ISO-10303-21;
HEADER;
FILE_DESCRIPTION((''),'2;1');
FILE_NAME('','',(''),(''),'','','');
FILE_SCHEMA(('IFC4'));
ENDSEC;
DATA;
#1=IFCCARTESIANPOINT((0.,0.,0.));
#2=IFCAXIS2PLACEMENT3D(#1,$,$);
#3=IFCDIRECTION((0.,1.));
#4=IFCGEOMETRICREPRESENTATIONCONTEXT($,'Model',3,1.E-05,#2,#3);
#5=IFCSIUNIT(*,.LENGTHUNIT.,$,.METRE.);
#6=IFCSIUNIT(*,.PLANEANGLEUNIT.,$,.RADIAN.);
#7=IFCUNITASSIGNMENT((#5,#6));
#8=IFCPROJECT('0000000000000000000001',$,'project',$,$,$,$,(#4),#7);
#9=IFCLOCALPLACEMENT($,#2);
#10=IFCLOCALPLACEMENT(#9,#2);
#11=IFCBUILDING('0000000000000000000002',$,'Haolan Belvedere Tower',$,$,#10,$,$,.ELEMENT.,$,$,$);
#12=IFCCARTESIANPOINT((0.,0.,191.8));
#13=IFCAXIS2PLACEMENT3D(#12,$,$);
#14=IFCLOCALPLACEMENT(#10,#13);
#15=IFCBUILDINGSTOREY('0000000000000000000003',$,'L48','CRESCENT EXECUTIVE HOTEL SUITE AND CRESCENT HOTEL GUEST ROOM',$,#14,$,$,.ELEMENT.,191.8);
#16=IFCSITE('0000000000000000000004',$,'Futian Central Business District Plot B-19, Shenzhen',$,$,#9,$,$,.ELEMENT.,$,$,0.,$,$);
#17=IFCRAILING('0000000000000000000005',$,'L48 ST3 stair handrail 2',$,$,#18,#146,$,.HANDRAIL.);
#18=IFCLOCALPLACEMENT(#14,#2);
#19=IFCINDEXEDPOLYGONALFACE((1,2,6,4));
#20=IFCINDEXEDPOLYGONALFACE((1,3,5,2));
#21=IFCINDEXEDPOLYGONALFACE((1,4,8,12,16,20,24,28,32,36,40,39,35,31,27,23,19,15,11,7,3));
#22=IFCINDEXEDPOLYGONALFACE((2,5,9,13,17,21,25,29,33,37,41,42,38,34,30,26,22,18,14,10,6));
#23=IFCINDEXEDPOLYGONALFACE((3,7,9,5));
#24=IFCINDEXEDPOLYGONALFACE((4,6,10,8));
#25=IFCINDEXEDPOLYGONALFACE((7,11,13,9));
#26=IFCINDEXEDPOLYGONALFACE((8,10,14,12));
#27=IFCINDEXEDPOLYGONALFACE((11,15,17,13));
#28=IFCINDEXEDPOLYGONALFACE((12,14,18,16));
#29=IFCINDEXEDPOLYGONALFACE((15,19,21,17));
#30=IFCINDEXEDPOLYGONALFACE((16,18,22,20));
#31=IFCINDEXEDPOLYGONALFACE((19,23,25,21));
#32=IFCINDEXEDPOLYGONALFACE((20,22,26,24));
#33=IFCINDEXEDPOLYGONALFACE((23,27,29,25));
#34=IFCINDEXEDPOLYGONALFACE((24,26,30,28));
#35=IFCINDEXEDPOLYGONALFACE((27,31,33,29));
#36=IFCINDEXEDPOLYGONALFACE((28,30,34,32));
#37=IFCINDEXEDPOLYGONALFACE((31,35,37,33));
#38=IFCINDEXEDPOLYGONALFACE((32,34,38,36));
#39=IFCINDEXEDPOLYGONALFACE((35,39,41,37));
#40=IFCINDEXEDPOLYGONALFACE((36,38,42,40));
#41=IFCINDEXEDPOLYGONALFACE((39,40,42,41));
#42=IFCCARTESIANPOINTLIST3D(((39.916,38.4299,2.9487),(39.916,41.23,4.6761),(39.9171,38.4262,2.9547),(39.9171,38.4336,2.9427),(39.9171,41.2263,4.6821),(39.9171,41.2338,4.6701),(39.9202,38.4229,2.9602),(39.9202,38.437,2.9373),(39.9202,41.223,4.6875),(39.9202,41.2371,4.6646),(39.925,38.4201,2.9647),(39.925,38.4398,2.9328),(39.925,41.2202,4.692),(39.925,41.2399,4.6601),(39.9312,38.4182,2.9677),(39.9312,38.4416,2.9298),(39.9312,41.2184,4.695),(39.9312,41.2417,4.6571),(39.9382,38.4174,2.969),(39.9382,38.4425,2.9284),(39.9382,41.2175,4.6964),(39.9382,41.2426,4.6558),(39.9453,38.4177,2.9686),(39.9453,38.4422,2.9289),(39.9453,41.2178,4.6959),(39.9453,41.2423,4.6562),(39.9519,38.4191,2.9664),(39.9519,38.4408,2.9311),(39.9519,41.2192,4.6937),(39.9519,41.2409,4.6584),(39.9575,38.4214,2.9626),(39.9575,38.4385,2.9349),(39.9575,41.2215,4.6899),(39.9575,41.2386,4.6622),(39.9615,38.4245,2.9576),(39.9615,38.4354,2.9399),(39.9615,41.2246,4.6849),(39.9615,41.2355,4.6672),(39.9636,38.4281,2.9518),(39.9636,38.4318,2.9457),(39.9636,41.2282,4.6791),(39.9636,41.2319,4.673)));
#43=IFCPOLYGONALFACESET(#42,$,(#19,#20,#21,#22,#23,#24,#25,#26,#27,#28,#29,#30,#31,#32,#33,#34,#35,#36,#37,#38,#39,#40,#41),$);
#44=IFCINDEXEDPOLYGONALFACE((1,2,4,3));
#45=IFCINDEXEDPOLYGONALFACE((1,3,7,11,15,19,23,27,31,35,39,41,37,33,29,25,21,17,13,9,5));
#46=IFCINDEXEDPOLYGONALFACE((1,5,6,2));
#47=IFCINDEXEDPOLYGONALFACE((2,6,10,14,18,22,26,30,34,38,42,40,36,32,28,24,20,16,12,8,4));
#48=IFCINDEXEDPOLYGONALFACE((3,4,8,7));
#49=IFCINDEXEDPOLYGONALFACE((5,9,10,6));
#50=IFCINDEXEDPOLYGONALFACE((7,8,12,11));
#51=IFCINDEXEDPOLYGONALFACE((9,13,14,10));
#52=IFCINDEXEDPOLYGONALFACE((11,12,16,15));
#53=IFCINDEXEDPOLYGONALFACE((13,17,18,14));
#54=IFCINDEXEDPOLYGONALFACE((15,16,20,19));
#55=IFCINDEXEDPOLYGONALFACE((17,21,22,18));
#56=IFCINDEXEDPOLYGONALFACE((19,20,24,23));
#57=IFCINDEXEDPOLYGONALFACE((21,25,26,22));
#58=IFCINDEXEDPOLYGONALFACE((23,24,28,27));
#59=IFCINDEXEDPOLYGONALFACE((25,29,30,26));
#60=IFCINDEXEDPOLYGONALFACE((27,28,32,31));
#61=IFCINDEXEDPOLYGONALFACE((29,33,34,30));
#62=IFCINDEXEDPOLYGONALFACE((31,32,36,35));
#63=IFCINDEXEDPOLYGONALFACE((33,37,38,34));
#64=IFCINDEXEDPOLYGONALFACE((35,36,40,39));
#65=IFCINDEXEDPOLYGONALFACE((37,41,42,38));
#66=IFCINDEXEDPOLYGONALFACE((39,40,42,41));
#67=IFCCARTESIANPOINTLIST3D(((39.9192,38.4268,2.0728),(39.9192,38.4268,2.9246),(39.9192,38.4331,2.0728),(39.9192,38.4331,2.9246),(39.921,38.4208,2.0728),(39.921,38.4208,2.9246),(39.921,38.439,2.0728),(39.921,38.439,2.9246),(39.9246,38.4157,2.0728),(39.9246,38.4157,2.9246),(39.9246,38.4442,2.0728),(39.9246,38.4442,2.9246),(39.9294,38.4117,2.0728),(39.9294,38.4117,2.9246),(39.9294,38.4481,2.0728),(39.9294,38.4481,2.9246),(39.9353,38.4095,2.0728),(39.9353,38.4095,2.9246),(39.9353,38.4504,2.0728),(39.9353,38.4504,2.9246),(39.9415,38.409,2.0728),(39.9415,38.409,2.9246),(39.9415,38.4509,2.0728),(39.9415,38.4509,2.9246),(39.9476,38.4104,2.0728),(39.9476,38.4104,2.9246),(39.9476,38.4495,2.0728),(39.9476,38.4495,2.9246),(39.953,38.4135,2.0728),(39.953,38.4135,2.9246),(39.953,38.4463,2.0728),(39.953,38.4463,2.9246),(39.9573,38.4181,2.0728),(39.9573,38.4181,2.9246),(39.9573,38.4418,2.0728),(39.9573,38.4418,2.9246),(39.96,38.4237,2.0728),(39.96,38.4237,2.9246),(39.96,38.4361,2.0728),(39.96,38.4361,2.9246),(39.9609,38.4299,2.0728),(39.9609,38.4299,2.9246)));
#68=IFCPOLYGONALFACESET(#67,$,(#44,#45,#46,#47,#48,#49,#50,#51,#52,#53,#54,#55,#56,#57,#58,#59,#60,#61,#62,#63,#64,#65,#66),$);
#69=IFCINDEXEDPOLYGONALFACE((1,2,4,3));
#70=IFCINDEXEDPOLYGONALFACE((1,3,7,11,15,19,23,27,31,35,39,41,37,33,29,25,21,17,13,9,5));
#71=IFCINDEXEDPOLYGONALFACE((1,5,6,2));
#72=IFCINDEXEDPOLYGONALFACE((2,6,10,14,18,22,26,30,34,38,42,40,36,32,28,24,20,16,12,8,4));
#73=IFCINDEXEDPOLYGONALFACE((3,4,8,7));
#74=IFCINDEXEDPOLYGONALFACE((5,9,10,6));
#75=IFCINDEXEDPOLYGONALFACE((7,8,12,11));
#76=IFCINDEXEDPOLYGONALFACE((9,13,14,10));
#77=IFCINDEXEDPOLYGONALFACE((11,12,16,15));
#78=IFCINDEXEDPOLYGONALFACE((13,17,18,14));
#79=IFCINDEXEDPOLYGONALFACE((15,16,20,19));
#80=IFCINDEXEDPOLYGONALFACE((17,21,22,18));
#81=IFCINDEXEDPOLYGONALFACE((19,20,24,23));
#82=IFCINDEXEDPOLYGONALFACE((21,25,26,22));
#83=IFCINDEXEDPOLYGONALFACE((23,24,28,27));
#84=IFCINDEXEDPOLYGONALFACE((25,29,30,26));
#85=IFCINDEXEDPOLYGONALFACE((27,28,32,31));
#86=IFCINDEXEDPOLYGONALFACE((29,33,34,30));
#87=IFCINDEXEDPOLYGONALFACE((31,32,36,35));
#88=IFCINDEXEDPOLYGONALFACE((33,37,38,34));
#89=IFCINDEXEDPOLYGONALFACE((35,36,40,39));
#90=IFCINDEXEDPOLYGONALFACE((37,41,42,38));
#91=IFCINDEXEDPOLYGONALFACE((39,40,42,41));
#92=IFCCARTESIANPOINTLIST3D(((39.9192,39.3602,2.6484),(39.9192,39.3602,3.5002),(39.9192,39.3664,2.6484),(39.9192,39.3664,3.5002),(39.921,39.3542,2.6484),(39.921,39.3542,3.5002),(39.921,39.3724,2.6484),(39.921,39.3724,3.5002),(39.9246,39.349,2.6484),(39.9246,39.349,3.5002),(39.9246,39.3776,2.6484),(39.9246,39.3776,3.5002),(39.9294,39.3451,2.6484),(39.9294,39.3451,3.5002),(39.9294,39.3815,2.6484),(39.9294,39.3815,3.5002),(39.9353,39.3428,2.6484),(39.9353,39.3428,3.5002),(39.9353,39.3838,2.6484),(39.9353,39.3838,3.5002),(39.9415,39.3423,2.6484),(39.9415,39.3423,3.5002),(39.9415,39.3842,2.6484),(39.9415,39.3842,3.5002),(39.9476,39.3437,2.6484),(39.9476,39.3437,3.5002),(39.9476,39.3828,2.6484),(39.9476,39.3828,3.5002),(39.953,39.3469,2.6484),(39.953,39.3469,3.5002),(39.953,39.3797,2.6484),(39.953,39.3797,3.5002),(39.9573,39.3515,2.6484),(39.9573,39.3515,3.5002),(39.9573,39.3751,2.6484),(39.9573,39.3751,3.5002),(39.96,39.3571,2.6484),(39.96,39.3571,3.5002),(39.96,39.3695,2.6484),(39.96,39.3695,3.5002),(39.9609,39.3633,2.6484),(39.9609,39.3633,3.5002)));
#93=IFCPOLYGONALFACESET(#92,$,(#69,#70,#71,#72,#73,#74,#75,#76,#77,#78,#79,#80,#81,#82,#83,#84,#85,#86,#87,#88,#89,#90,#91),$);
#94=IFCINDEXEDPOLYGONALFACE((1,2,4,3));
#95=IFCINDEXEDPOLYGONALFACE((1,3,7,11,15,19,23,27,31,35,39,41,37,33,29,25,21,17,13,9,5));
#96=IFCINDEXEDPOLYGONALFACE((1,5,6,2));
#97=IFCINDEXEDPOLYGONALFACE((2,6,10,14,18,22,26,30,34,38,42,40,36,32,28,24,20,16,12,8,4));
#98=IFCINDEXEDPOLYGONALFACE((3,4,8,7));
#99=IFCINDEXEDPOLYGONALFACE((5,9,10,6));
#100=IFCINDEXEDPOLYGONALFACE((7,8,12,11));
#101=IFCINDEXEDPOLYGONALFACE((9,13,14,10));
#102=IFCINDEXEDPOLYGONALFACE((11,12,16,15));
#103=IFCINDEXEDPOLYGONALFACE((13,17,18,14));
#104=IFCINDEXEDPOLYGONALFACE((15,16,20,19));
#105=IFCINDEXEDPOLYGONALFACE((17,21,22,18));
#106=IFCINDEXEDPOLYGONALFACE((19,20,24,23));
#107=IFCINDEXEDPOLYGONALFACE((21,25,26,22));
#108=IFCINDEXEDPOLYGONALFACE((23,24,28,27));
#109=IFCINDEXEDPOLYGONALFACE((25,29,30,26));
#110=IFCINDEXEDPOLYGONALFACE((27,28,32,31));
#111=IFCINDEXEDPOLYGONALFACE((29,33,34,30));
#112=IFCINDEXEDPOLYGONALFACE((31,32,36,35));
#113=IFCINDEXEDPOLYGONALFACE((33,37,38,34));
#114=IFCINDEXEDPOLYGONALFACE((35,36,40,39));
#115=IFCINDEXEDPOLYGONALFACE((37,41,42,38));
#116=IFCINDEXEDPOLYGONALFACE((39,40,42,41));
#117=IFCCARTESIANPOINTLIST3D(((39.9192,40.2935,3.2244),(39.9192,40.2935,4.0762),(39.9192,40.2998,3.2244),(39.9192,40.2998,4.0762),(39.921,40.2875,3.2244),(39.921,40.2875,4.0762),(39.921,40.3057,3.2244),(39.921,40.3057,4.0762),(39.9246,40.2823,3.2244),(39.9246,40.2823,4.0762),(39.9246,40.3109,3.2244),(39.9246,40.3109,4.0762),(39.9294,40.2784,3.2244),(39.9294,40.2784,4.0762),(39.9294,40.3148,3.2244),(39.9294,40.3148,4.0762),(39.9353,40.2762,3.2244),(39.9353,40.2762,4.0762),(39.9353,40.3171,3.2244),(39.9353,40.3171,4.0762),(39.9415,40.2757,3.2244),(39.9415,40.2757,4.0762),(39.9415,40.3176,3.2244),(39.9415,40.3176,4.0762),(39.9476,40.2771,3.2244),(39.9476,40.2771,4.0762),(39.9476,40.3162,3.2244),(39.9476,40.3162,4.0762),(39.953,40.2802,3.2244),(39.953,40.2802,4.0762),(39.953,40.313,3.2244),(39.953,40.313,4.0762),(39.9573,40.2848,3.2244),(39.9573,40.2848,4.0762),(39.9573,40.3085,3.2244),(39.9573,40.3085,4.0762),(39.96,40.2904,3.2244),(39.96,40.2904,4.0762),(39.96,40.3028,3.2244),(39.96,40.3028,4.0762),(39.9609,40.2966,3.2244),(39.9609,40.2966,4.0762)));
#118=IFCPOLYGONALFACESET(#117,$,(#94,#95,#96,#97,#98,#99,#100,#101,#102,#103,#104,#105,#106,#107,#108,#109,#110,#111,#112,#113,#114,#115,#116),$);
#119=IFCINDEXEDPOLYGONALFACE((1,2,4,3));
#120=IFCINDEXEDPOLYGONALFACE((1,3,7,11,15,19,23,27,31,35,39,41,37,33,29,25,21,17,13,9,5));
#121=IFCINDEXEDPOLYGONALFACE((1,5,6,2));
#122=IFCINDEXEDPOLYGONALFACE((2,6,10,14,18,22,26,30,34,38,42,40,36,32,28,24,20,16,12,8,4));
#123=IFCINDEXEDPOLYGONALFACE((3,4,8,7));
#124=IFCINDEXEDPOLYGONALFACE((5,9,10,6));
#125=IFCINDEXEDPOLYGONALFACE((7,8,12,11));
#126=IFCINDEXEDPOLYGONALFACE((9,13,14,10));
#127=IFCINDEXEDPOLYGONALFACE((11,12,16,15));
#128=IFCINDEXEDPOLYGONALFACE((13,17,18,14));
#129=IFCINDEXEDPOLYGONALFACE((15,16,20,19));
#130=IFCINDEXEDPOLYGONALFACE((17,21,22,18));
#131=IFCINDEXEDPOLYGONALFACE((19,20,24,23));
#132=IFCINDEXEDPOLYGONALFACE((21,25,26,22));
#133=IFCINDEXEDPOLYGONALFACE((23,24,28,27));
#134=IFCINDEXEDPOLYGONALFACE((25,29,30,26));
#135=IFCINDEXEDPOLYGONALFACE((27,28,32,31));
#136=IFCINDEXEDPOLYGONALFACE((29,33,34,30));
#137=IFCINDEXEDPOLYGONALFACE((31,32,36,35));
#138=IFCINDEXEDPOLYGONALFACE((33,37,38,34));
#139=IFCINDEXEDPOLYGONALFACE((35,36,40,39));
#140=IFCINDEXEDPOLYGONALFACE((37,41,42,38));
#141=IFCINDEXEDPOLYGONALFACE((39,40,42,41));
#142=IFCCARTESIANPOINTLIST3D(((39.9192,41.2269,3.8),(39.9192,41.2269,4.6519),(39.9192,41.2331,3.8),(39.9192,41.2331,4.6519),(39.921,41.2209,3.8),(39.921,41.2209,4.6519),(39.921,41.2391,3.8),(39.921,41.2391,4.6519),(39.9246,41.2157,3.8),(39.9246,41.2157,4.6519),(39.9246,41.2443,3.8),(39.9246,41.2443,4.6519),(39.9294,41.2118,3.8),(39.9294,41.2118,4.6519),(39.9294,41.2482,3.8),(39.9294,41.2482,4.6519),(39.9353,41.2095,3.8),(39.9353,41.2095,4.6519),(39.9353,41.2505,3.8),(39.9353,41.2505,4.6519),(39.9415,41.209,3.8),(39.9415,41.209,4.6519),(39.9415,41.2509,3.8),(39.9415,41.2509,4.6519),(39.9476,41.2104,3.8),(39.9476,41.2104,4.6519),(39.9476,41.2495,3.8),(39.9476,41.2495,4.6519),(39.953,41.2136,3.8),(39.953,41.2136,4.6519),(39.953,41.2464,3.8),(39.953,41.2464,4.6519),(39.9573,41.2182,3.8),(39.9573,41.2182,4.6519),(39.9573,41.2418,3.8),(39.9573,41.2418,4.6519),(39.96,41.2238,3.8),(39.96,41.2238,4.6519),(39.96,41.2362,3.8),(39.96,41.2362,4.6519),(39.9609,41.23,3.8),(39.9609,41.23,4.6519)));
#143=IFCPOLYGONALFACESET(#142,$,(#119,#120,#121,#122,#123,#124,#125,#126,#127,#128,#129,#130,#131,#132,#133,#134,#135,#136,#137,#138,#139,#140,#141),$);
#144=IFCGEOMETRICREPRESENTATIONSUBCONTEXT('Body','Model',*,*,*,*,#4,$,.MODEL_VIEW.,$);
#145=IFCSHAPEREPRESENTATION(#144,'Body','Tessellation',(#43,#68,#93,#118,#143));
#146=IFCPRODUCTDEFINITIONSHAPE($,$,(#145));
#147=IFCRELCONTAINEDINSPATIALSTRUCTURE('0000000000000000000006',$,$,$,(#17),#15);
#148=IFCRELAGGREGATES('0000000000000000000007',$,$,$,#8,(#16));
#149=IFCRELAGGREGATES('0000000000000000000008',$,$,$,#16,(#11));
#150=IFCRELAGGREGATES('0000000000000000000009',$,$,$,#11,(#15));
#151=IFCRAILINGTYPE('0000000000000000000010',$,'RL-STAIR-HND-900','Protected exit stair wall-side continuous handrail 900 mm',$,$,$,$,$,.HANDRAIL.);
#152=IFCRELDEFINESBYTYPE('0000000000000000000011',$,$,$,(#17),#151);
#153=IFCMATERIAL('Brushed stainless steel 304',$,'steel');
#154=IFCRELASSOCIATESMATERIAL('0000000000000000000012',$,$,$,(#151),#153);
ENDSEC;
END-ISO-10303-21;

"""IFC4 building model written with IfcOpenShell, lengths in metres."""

from ifc_helpers import new_model, si_unit, direction, frame, origin, origin_2d, place, context, subcontext, project, spatial, circle, extrude, material, type_object, element, save


model = new_model("IFC4")

# Units and contexts
model_context = context("Model", 3, precision=1e-05, world=origin(), true_north=direction((0.0, 1.0)))
body_context = subcontext(model_context, "Body", "Model", "MODEL_VIEW")
ifc_project = project(units=[si_unit("LENGTHUNIT", "METRE"), si_unit("PLANEANGLEUNIT", "RADIAN")], contexts=[model_context])

# Site, building, storey
site_placement = place(None, origin())
site = spatial("IfcSite", under=ifc_project, at=site_placement, Name="Futian Central Business District Plot B-19, Shenzhen", CompositionType="ELEMENT", RefElevation=0.0)
building_placement = place(site_placement, origin())
building = spatial("IfcBuilding", under=site, at=building_placement, Name="Haolan Belvedere Tower", CompositionType="ELEMENT")
storey_placement = place(building_placement, frame((0.0, 0.0, 191.8)))
storey = spatial("IfcBuildingStorey", under=building, at=storey_placement, Name="L48", Description="CRESCENT EXECUTIVE HOTEL SUITE AND CRESCENT HOTEL GUEST ROOM", CompositionType="ELEMENT", Elevation=191.8)

# Railing
ifc_material_1 = material(Name="Brushed stainless steel 304", Category="steel")
railing_type_1 = type_object("IfcRailingType", Name="RL-STAIR-HND-900", Description="Protected exit stair wall-side continuous handrail 900 mm", PredefinedType="HANDRAIL", material=ifc_material_1)
railing_1_placement = place(storey_placement, frame((39.9399, 38.4299, 2.0728)))
element("IfcRailing", 1, at=railing_1_placement, inside=storey, type_object=railing_type_1, Name="L48 ST3 stair handrail 2", PredefinedType="HANDRAIL", context=body_context, shape_type="SweptSolid", body=[
    extrude(circle(Radius=0.0239, at=origin_2d()), frame((0.0, 0.0, 0.876), z_axis=(0.0, 0.85109, 0.52502), x_axis=(-1.0, 0.0, 0.0)), (0.0, 0.0, 1.0), 3.29),
    extrude(circle(Radius=0.021, at=origin_2d()), origin(), (0.0, 0.0, 1.0), 0.8518),
    extrude(circle(Radius=0.021, at=origin_2d()), frame((0.0, 0.9333, 0.5757)), (0.0, 0.0, 1.0), 0.8518),
    extrude(circle(Radius=0.021, at=origin_2d()), frame((0.0, 1.8667, 1.1516)), (0.0, 0.0, 1.0), 0.8518),
    extrude(circle(Radius=0.021, at=origin_2d()), frame((0.0, 2.8, 1.7273)), (0.0, 0.0, 1.0), 0.8518),
])

save(model, "model.ifc")
